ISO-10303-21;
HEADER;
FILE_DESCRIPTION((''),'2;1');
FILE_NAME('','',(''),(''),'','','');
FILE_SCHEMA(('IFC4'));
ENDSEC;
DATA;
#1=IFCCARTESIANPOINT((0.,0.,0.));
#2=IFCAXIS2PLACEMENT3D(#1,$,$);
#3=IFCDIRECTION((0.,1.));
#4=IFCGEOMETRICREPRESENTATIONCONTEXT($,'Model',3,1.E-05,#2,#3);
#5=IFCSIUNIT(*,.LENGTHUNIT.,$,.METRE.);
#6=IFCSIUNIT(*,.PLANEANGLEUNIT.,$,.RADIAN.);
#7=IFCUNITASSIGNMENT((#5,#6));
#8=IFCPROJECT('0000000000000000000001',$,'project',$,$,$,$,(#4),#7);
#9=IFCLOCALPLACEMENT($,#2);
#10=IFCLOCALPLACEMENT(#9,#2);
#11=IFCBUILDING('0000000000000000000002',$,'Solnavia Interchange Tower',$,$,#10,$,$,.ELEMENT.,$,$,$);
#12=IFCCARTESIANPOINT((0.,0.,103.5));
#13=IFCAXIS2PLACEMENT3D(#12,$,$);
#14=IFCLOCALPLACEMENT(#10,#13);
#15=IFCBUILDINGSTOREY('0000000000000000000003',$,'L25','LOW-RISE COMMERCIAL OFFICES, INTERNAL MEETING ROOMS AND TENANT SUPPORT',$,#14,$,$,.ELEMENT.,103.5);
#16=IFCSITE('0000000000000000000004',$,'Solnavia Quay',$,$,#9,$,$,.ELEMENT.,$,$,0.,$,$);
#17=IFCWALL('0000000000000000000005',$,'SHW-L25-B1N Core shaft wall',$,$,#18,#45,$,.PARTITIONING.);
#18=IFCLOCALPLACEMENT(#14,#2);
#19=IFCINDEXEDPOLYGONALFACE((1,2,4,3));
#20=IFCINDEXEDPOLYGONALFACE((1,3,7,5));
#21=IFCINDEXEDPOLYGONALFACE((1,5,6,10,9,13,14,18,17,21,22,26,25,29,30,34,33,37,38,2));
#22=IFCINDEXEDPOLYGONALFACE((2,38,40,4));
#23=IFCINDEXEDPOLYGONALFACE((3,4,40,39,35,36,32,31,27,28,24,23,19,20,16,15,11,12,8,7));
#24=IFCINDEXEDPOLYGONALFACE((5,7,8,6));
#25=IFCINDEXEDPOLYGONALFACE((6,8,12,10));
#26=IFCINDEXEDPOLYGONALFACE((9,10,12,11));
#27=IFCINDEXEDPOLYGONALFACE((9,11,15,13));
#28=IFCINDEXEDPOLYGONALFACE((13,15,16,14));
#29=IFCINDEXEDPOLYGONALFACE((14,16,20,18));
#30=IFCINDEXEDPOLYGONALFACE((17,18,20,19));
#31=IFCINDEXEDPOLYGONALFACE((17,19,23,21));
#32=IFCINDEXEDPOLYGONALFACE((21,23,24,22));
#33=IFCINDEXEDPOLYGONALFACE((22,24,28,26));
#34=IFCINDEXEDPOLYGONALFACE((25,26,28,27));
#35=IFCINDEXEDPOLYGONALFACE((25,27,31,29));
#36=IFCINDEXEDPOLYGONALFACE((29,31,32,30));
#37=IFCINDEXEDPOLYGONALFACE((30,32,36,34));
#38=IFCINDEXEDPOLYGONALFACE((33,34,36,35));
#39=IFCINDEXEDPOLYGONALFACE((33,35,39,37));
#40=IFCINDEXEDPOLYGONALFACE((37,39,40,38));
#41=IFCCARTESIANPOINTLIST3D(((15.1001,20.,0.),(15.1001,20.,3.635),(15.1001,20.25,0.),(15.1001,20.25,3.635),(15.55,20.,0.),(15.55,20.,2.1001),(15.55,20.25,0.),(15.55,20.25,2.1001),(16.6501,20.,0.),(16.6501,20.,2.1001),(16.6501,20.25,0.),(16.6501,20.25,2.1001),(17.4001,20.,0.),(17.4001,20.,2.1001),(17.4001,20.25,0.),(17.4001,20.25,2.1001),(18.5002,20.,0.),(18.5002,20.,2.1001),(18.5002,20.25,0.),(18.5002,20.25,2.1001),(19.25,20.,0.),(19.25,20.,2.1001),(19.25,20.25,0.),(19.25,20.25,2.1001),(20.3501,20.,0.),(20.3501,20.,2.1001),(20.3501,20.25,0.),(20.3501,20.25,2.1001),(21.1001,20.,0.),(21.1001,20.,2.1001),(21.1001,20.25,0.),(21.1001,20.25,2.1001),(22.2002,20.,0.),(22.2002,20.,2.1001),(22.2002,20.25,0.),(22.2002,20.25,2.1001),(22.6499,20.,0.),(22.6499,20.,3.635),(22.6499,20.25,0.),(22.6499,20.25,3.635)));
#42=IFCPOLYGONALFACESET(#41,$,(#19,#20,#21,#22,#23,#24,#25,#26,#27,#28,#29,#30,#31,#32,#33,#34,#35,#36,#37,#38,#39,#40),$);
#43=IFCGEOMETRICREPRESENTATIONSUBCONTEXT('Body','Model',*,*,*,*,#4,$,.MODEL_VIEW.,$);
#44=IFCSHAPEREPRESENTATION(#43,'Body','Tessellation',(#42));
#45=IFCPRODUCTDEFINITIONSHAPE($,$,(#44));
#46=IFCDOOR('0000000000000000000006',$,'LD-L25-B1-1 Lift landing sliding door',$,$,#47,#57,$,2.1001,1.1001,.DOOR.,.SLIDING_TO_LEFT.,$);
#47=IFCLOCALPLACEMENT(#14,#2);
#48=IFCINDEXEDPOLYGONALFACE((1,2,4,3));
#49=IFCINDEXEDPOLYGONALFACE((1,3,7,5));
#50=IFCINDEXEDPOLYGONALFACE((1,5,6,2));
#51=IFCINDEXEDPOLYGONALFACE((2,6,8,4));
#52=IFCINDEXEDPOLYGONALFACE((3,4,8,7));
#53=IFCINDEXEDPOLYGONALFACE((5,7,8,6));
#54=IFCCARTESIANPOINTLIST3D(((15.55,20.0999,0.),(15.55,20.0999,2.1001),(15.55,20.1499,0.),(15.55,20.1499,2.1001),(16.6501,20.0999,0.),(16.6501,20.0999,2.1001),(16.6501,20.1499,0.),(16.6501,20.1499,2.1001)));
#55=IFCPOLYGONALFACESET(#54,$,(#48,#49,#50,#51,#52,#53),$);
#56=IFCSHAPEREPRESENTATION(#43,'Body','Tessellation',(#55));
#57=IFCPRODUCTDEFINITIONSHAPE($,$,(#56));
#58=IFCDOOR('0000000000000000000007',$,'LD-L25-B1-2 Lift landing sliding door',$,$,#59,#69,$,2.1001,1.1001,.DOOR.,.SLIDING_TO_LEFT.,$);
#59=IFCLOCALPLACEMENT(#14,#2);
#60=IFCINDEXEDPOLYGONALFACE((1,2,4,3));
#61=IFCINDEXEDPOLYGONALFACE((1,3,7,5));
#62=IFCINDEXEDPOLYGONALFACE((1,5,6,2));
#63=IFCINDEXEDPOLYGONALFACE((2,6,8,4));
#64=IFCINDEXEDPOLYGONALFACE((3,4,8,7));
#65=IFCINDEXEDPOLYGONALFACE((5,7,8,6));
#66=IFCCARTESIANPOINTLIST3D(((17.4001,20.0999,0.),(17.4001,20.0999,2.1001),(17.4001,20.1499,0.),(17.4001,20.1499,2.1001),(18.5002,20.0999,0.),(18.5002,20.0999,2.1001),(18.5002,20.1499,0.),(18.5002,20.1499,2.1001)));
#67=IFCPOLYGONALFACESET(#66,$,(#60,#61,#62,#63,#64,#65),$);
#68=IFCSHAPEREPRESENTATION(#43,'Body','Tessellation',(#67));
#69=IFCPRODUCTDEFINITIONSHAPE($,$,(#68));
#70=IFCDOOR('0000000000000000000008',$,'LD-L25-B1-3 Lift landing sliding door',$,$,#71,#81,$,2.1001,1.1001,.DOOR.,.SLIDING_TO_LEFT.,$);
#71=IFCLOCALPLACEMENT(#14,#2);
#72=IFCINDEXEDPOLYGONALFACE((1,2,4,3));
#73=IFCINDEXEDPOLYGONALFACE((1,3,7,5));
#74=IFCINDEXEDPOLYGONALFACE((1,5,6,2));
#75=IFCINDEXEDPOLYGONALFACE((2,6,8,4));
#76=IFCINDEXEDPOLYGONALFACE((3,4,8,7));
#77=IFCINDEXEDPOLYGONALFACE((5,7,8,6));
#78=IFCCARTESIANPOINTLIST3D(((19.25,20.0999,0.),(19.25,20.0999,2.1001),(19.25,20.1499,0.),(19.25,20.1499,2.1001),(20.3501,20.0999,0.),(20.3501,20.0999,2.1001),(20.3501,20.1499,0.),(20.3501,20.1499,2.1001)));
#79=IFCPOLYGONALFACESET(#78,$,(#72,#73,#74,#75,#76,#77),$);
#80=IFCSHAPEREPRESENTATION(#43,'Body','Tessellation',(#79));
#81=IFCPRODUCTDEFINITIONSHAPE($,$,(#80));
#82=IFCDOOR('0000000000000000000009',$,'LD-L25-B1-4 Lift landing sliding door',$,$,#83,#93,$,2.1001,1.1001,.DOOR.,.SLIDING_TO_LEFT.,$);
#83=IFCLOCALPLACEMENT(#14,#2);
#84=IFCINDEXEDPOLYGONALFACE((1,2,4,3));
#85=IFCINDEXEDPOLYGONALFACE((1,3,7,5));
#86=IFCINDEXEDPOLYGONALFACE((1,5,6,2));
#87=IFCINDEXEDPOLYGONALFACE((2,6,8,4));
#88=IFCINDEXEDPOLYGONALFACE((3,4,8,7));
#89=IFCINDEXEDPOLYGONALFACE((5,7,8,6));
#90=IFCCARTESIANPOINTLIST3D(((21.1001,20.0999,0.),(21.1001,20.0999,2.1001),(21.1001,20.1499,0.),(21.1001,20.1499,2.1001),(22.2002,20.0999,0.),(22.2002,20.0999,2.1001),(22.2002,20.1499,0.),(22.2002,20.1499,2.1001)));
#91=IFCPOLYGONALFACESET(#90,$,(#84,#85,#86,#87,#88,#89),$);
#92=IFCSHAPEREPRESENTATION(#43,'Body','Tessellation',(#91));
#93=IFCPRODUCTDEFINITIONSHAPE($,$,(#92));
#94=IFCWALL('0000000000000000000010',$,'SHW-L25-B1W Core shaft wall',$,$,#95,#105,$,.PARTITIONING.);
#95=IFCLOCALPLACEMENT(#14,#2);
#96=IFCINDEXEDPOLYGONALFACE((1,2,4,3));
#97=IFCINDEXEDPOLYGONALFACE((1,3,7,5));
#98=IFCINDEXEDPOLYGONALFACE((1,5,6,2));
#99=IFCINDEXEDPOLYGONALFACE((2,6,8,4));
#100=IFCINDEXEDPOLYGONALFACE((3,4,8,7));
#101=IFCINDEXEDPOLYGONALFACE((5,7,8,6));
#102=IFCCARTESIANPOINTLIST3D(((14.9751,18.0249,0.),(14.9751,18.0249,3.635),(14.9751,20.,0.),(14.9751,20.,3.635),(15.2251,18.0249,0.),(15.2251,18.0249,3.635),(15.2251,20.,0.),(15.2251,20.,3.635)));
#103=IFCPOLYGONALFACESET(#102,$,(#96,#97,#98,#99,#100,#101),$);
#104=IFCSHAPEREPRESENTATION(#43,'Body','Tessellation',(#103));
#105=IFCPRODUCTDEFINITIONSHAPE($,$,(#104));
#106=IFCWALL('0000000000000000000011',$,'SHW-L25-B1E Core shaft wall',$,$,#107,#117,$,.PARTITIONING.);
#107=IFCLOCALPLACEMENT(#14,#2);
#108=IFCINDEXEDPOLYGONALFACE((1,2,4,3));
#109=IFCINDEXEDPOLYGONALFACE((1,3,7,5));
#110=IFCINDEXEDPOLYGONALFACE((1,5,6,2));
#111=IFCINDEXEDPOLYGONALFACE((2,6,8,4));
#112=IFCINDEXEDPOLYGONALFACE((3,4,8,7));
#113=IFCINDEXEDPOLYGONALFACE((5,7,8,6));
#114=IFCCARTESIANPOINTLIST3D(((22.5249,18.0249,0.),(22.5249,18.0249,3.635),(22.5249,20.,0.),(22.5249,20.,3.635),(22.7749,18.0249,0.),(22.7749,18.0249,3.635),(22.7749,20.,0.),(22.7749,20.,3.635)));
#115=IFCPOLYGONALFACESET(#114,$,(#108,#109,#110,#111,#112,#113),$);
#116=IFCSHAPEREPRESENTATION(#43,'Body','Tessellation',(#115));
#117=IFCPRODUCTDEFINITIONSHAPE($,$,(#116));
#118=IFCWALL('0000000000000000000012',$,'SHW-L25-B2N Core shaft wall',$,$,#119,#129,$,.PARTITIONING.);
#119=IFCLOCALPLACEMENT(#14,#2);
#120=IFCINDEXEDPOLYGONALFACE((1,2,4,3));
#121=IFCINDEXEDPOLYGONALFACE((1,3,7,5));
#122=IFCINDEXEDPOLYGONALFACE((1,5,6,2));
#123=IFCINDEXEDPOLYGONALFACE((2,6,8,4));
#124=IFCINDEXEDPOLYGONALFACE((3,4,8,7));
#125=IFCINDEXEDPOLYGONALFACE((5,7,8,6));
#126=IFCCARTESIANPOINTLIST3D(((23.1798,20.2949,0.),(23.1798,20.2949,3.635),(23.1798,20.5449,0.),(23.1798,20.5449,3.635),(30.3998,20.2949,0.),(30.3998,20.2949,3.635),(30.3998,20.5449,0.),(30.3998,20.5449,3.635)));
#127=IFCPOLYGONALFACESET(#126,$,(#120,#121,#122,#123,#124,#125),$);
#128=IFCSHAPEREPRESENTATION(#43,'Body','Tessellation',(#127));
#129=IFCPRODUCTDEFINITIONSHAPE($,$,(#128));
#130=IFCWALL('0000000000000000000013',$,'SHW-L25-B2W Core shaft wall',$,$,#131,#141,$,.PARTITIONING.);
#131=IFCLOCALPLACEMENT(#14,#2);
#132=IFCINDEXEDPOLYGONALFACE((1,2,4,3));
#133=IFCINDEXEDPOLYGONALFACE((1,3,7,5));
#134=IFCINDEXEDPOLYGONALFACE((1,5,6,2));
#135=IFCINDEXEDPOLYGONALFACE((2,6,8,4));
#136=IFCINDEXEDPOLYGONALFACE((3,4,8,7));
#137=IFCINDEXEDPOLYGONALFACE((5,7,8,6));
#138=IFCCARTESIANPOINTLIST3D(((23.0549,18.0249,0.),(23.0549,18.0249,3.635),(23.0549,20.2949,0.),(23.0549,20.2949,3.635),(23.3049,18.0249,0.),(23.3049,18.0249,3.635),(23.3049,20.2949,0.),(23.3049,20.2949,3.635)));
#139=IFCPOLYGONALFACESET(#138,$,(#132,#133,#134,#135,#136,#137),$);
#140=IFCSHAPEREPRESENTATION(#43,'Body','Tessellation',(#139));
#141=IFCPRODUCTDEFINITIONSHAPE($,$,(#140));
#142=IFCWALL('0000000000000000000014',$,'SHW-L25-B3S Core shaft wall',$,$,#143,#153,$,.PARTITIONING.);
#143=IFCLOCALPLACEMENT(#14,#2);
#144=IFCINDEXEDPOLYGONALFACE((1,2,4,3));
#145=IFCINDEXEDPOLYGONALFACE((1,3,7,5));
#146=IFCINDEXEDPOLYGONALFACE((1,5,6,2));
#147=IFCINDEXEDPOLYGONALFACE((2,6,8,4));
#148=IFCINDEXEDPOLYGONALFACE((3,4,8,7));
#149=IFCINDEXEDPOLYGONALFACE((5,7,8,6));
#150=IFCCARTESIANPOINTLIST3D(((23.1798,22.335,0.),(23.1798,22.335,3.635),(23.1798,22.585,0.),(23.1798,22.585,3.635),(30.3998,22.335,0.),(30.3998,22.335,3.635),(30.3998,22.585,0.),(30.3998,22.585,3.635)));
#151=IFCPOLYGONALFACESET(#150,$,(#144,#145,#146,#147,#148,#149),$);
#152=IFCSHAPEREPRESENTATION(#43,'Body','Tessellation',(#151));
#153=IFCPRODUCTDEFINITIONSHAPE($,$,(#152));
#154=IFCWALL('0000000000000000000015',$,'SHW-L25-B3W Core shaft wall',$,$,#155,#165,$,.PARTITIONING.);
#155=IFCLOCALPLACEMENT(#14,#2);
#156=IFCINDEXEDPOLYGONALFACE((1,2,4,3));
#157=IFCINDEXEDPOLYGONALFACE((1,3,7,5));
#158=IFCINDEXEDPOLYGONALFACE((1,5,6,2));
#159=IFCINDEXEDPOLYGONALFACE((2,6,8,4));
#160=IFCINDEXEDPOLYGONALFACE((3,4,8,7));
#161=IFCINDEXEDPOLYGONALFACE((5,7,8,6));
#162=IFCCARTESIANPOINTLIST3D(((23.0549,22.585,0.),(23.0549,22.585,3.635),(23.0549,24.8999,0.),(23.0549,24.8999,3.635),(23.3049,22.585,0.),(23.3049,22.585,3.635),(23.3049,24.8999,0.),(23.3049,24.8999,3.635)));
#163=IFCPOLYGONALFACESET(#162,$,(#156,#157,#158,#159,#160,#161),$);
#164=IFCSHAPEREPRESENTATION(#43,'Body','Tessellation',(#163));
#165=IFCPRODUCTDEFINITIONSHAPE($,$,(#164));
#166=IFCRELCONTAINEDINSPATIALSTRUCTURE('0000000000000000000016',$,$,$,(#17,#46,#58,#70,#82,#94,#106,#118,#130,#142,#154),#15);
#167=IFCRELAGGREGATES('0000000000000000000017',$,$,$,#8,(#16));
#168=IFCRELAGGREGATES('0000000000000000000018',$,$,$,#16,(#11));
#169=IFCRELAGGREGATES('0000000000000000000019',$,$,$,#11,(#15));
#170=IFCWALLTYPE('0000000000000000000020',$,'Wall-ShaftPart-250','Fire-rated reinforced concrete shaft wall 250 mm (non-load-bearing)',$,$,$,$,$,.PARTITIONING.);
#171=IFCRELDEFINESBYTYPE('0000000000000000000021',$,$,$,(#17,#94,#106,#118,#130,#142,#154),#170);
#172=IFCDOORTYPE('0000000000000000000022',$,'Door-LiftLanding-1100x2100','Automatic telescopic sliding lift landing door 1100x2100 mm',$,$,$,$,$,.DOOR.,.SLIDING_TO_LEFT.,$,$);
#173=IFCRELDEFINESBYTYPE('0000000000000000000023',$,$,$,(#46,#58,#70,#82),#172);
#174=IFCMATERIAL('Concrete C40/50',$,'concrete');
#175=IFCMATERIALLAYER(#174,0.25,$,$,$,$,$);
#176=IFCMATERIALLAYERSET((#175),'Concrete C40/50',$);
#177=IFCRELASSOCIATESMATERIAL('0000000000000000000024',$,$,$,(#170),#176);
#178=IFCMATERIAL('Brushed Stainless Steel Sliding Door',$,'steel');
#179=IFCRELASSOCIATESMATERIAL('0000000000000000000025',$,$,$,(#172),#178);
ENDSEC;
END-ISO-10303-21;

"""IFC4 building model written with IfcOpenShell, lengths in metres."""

from ifc_helpers import new_model, si_unit, direction, frame, frame_2d, origin, place, context, subcontext, project, spatial, rectangle, extrude, material, layer, layer_set, type_object, element, fill, save


model = new_model("IFC4")

# Units and contexts
model_context = context("Model", 3, precision=1e-05, world=origin(), true_north=direction((0.0, 1.0)))
body_context = subcontext(model_context, "Body", "Model", "MODEL_VIEW")
ifc_project = project(units=[si_unit("LENGTHUNIT", "METRE"), si_unit("PLANEANGLEUNIT", "RADIAN")], contexts=[model_context])

# Site, building, storey
site_placement = place(None, origin())
site = spatial("IfcSite", under=ifc_project, at=site_placement, Name="Solnavia Quay", CompositionType="ELEMENT", RefElevation=0.0)
building_placement = place(site_placement, origin())
building = spatial("IfcBuilding", under=site, at=building_placement, Name="Solnavia Interchange Tower", CompositionType="ELEMENT")
storey_placement = place(building_placement, frame((0.0, 0.0, 103.5)))
storey = spatial("IfcBuildingStorey", under=building, at=storey_placement, Name="L25", Description="LOW-RISE COMMERCIAL OFFICES, INTERNAL MEETING ROOMS AND TENANT SUPPORT", CompositionType="ELEMENT", Elevation=103.5)

# Shared definitions
ifc_material_1 = material(Name="Concrete C40/50", Category="concrete")

# Shared definitions
ifc_layer_1 = layer(ifc_material_1, 0.25)
ifc_layer_set_1 = layer_set([ifc_layer_1], Name="Concrete C40/50")
wall_type_1 = type_object("IfcWallType", Name="Wall-ShaftPart-250", Description="Fire-rated reinforced concrete shaft wall 250 mm (non-load-bearing)", PredefinedType="PARTITIONING", material=ifc_layer_set_1)
ifc_material_2 = material(Name="Brushed Stainless Steel Sliding Door", Category="steel")
door_type_1 = type_object("IfcDoorType", Name="Door-LiftLanding-1100x2100", Description="Automatic telescopic sliding lift landing door 1100x2100 mm", OperationType="SLIDING_TO_LEFT", PredefinedType="DOOR", material=ifc_material_2)

# Wall, openings, doors
wall_1_placement = place(storey_placement, frame((15.1001, 20.125, 0.0), z_axis=(0.0, 0.0, 1.0), x_axis=(1.0, 0.0, 0.0)))
wall_1 = element("IfcWall", 1, at=wall_1_placement, inside=storey, type_object=wall_type_1, Name="SHW-L25-B1N Core shaft wall", PredefinedType="PARTITIONING", context=body_context, shape_type="SweptSolid", body=[
    extrude(rectangle(XDim=7.5498, YDim=0.25, at=frame_2d((3.7749, 0.0))), origin(), (0.0, 0.0, 1.0), 3.635),
])
opening_1_placement = place(wall_1_placement, frame((0.45, 0.0, 0.0)))
opening_1 = element("IfcOpeningElement", 2, at=opening_1_placement, cuts=wall_1, PredefinedType="OPENING", context=body_context, shape_type="SweptSolid", body=[
    extrude(rectangle(XDim=1.1001, YDim=2.1001, at=frame_2d((0.55, 1.05))), frame((0.0, 0.135, 0.0), z_axis=(0.0, -1.0, 0.0), x_axis=(1.0, 0.0, 0.0)), (0.0, 0.0, 1.0), 0.27),
])
opening_2_placement = place(wall_1_placement, frame((2.3, 0.0, 0.0)))
opening_2 = element("IfcOpeningElement", 3, at=opening_2_placement, cuts=wall_1, PredefinedType="OPENING", context=body_context, shape_type="SweptSolid", body=[
    extrude(rectangle(XDim=1.1001, YDim=2.1001, at=frame_2d((0.55, 1.05))), frame((0.0, 0.135, 0.0), z_axis=(0.0, -1.0, 0.0), x_axis=(1.0, 0.0, 0.0)), (0.0, 0.0, 1.0), 0.27),
])
opening_3_placement = place(wall_1_placement, frame((4.1499, 0.0, 0.0)))
opening_3 = element("IfcOpeningElement", 4, at=opening_3_placement, cuts=wall_1, PredefinedType="OPENING", context=body_context, shape_type="SweptSolid", body=[
    extrude(rectangle(XDim=1.1001, YDim=2.1001, at=frame_2d((0.55, 1.05))), frame((0.0, 0.135, 0.0), z_axis=(0.0, -1.0, 0.0), x_axis=(1.0, 0.0, 0.0)), (0.0, 0.0, 1.0), 0.27),
])
opening_4_placement = place(wall_1_placement, frame((6.0, 0.0, 0.0)))
opening_4 = element("IfcOpeningElement", 5, at=opening_4_placement, cuts=wall_1, PredefinedType="OPENING", context=body_context, shape_type="SweptSolid", body=[
    extrude(rectangle(XDim=1.1001, YDim=2.1001, at=frame_2d((0.55, 1.05))), frame((0.0, 0.135, 0.0), z_axis=(0.0, -1.0, 0.0), x_axis=(1.0, 0.0, 0.0)), (0.0, 0.0, 1.0), 0.27),
])
door_1_placement = place(opening_1_placement, origin())
door_1 = element("IfcDoor", 6, at=door_1_placement, inside=storey, type_object=door_type_1, Name="LD-L25-B1-1 Lift landing sliding door", OperationType="SLIDING_TO_LEFT", OverallHeight=2.1001, OverallWidth=1.1001, PredefinedType="DOOR", context=body_context, shape_type="SweptSolid", body=[
    extrude(rectangle(XDim=1.1001, YDim=2.1001, at=frame_2d((0.55, 1.05))), frame((0.0, 0.0249, 0.0), z_axis=(0.0, -1.0, 0.0), x_axis=(1.0, 0.0, 0.0)), (0.0, 0.0, 1.0), 0.05),
])
fill(opening_1, door_1)
door_2_placement = place(opening_2_placement, origin())
door_2 = element("IfcDoor", 7, at=door_2_placement, inside=storey, type_object=door_type_1, Name="LD-L25-B1-2 Lift landing sliding door", OperationType="SLIDING_TO_LEFT", OverallHeight=2.1001, OverallWidth=1.1001, PredefinedType="DOOR", context=body_context, shape_type="SweptSolid", body=[
    extrude(rectangle(XDim=1.1001, YDim=2.1001, at=frame_2d((0.55, 1.05))), frame((0.0, 0.0249, 0.0), z_axis=(0.0, -1.0, 0.0), x_axis=(1.0, 0.0, 0.0)), (0.0, 0.0, 1.0), 0.05),
])
fill(opening_2, door_2)
door_3_placement = place(opening_3_placement, origin())
door_3 = element("IfcDoor", 8, at=door_3_placement, inside=storey, type_object=door_type_1, Name="LD-L25-B1-3 Lift landing sliding door", OperationType="SLIDING_TO_LEFT", OverallHeight=2.1001, OverallWidth=1.1001, PredefinedType="DOOR", context=body_context, shape_type="SweptSolid", body=[
    extrude(rectangle(XDim=1.1001, YDim=2.1001, at=frame_2d((0.55, 1.05))), frame((0.0, 0.0249, 0.0), z_axis=(0.0, -1.0, 0.0), x_axis=(1.0, 0.0, 0.0)), (0.0, 0.0, 1.0), 0.05),
])
fill(opening_3, door_3)
door_4_placement = place(opening_4_placement, origin())
door_4 = element("IfcDoor", 9, at=door_4_placement, inside=storey, type_object=door_type_1, Name="LD-L25-B1-4 Lift landing sliding door", OperationType="SLIDING_TO_LEFT", OverallHeight=2.1001, OverallWidth=1.1001, PredefinedType="DOOR", context=body_context, shape_type="SweptSolid", body=[
    extrude(rectangle(XDim=1.1001, YDim=2.1001, at=frame_2d((0.55, 1.05))), frame((0.0, 0.0249, 0.0), z_axis=(0.0, -1.0, 0.0), x_axis=(1.0, 0.0, 0.0)), (0.0, 0.0, 1.0), 0.05),
])
fill(opening_4, door_4)

# Walls
for number, where, z_axis, x_axis, name in (
    (10, (15.1001, 18.0249, 0.0), (0.0, 0.0, 1.0), (0.0, 1.0, 0.0), "SHW-L25-B1W Core shaft wall"),
    (11, (22.6499, 18.0249, 0.0), (0.0, 0.0, 1.0), (0.0, 1.0, 0.0), "SHW-L25-B1E Core shaft wall"),
):
    element("IfcWall", number, at=place(storey_placement, frame(where, z_axis=z_axis, x_axis=x_axis)), inside=storey, type_object=wall_type_1, Name=name, PredefinedType="PARTITIONING", context=body_context, shape_type="SweptSolid", body=[
        extrude(rectangle(XDim=1.9751, YDim=0.25, at=frame_2d((0.9875, 0.0))), origin(), (0.0, 0.0, 1.0), 3.635),
    ])
wall_2_placement = place(storey_placement, frame((23.1799, 20.4199, 0.0), z_axis=(0.0, 0.0, 1.0), x_axis=(1.0, 0.0, 0.0)))
element("IfcWall", 12, at=wall_2_placement, inside=storey, type_object=wall_type_1, Name="SHW-L25-B2N Core shaft wall", PredefinedType="PARTITIONING", context=body_context, shape_type="SweptSolid", body=[
    extrude(rectangle(XDim=7.22, YDim=0.25, at=frame_2d((3.6099, 0.0))), origin(), (0.0, 0.0, 1.0), 3.635),
])
wall_3_placement = place(storey_placement, frame((23.1799, 18.0249, 0.0), z_axis=(0.0, 0.0, 1.0), x_axis=(0.0, 1.0, 0.0)))
element("IfcWall", 13, at=wall_3_placement, inside=storey, type_object=wall_type_1, Name="SHW-L25-B2W Core shaft wall", PredefinedType="PARTITIONING", context=body_context, shape_type="SweptSolid", body=[
    extrude(rectangle(XDim=2.27, YDim=0.25, at=frame_2d((1.135, 0.0))), origin(), (0.0, 0.0, 1.0), 3.635),
])
wall_4_placement = place(storey_placement, frame((23.1799, 22.46, 0.0), z_axis=(0.0, 0.0, 1.0), x_axis=(1.0, 0.0, 0.0)))
element("IfcWall", 14, at=wall_4_placement, inside=storey, type_object=wall_type_1, Name="SHW-L25-B3S Core shaft wall", PredefinedType="PARTITIONING", context=body_context, shape_type="SweptSolid", body=[
    extrude(rectangle(XDim=7.22, YDim=0.25, at=frame_2d((3.6099, 0.0))), origin(), (0.0, 0.0, 1.0), 3.635),
])
wall_5_placement = place(storey_placement, frame((23.1799, 22.585, 0.0), z_axis=(0.0, 0.0, 1.0), x_axis=(0.0, 1.0, 0.0)))
element("IfcWall", 15, at=wall_5_placement, inside=storey, type_object=wall_type_1, Name="SHW-L25-B3W Core shaft wall", PredefinedType="PARTITIONING", context=body_context, shape_type="SweptSolid", body=[
    extrude(rectangle(XDim=2.3149, YDim=0.25, at=frame_2d((1.1575, 0.0))), origin(), (0.0, 0.0, 1.0), 3.635),
])

save(model, "model.ifc")
